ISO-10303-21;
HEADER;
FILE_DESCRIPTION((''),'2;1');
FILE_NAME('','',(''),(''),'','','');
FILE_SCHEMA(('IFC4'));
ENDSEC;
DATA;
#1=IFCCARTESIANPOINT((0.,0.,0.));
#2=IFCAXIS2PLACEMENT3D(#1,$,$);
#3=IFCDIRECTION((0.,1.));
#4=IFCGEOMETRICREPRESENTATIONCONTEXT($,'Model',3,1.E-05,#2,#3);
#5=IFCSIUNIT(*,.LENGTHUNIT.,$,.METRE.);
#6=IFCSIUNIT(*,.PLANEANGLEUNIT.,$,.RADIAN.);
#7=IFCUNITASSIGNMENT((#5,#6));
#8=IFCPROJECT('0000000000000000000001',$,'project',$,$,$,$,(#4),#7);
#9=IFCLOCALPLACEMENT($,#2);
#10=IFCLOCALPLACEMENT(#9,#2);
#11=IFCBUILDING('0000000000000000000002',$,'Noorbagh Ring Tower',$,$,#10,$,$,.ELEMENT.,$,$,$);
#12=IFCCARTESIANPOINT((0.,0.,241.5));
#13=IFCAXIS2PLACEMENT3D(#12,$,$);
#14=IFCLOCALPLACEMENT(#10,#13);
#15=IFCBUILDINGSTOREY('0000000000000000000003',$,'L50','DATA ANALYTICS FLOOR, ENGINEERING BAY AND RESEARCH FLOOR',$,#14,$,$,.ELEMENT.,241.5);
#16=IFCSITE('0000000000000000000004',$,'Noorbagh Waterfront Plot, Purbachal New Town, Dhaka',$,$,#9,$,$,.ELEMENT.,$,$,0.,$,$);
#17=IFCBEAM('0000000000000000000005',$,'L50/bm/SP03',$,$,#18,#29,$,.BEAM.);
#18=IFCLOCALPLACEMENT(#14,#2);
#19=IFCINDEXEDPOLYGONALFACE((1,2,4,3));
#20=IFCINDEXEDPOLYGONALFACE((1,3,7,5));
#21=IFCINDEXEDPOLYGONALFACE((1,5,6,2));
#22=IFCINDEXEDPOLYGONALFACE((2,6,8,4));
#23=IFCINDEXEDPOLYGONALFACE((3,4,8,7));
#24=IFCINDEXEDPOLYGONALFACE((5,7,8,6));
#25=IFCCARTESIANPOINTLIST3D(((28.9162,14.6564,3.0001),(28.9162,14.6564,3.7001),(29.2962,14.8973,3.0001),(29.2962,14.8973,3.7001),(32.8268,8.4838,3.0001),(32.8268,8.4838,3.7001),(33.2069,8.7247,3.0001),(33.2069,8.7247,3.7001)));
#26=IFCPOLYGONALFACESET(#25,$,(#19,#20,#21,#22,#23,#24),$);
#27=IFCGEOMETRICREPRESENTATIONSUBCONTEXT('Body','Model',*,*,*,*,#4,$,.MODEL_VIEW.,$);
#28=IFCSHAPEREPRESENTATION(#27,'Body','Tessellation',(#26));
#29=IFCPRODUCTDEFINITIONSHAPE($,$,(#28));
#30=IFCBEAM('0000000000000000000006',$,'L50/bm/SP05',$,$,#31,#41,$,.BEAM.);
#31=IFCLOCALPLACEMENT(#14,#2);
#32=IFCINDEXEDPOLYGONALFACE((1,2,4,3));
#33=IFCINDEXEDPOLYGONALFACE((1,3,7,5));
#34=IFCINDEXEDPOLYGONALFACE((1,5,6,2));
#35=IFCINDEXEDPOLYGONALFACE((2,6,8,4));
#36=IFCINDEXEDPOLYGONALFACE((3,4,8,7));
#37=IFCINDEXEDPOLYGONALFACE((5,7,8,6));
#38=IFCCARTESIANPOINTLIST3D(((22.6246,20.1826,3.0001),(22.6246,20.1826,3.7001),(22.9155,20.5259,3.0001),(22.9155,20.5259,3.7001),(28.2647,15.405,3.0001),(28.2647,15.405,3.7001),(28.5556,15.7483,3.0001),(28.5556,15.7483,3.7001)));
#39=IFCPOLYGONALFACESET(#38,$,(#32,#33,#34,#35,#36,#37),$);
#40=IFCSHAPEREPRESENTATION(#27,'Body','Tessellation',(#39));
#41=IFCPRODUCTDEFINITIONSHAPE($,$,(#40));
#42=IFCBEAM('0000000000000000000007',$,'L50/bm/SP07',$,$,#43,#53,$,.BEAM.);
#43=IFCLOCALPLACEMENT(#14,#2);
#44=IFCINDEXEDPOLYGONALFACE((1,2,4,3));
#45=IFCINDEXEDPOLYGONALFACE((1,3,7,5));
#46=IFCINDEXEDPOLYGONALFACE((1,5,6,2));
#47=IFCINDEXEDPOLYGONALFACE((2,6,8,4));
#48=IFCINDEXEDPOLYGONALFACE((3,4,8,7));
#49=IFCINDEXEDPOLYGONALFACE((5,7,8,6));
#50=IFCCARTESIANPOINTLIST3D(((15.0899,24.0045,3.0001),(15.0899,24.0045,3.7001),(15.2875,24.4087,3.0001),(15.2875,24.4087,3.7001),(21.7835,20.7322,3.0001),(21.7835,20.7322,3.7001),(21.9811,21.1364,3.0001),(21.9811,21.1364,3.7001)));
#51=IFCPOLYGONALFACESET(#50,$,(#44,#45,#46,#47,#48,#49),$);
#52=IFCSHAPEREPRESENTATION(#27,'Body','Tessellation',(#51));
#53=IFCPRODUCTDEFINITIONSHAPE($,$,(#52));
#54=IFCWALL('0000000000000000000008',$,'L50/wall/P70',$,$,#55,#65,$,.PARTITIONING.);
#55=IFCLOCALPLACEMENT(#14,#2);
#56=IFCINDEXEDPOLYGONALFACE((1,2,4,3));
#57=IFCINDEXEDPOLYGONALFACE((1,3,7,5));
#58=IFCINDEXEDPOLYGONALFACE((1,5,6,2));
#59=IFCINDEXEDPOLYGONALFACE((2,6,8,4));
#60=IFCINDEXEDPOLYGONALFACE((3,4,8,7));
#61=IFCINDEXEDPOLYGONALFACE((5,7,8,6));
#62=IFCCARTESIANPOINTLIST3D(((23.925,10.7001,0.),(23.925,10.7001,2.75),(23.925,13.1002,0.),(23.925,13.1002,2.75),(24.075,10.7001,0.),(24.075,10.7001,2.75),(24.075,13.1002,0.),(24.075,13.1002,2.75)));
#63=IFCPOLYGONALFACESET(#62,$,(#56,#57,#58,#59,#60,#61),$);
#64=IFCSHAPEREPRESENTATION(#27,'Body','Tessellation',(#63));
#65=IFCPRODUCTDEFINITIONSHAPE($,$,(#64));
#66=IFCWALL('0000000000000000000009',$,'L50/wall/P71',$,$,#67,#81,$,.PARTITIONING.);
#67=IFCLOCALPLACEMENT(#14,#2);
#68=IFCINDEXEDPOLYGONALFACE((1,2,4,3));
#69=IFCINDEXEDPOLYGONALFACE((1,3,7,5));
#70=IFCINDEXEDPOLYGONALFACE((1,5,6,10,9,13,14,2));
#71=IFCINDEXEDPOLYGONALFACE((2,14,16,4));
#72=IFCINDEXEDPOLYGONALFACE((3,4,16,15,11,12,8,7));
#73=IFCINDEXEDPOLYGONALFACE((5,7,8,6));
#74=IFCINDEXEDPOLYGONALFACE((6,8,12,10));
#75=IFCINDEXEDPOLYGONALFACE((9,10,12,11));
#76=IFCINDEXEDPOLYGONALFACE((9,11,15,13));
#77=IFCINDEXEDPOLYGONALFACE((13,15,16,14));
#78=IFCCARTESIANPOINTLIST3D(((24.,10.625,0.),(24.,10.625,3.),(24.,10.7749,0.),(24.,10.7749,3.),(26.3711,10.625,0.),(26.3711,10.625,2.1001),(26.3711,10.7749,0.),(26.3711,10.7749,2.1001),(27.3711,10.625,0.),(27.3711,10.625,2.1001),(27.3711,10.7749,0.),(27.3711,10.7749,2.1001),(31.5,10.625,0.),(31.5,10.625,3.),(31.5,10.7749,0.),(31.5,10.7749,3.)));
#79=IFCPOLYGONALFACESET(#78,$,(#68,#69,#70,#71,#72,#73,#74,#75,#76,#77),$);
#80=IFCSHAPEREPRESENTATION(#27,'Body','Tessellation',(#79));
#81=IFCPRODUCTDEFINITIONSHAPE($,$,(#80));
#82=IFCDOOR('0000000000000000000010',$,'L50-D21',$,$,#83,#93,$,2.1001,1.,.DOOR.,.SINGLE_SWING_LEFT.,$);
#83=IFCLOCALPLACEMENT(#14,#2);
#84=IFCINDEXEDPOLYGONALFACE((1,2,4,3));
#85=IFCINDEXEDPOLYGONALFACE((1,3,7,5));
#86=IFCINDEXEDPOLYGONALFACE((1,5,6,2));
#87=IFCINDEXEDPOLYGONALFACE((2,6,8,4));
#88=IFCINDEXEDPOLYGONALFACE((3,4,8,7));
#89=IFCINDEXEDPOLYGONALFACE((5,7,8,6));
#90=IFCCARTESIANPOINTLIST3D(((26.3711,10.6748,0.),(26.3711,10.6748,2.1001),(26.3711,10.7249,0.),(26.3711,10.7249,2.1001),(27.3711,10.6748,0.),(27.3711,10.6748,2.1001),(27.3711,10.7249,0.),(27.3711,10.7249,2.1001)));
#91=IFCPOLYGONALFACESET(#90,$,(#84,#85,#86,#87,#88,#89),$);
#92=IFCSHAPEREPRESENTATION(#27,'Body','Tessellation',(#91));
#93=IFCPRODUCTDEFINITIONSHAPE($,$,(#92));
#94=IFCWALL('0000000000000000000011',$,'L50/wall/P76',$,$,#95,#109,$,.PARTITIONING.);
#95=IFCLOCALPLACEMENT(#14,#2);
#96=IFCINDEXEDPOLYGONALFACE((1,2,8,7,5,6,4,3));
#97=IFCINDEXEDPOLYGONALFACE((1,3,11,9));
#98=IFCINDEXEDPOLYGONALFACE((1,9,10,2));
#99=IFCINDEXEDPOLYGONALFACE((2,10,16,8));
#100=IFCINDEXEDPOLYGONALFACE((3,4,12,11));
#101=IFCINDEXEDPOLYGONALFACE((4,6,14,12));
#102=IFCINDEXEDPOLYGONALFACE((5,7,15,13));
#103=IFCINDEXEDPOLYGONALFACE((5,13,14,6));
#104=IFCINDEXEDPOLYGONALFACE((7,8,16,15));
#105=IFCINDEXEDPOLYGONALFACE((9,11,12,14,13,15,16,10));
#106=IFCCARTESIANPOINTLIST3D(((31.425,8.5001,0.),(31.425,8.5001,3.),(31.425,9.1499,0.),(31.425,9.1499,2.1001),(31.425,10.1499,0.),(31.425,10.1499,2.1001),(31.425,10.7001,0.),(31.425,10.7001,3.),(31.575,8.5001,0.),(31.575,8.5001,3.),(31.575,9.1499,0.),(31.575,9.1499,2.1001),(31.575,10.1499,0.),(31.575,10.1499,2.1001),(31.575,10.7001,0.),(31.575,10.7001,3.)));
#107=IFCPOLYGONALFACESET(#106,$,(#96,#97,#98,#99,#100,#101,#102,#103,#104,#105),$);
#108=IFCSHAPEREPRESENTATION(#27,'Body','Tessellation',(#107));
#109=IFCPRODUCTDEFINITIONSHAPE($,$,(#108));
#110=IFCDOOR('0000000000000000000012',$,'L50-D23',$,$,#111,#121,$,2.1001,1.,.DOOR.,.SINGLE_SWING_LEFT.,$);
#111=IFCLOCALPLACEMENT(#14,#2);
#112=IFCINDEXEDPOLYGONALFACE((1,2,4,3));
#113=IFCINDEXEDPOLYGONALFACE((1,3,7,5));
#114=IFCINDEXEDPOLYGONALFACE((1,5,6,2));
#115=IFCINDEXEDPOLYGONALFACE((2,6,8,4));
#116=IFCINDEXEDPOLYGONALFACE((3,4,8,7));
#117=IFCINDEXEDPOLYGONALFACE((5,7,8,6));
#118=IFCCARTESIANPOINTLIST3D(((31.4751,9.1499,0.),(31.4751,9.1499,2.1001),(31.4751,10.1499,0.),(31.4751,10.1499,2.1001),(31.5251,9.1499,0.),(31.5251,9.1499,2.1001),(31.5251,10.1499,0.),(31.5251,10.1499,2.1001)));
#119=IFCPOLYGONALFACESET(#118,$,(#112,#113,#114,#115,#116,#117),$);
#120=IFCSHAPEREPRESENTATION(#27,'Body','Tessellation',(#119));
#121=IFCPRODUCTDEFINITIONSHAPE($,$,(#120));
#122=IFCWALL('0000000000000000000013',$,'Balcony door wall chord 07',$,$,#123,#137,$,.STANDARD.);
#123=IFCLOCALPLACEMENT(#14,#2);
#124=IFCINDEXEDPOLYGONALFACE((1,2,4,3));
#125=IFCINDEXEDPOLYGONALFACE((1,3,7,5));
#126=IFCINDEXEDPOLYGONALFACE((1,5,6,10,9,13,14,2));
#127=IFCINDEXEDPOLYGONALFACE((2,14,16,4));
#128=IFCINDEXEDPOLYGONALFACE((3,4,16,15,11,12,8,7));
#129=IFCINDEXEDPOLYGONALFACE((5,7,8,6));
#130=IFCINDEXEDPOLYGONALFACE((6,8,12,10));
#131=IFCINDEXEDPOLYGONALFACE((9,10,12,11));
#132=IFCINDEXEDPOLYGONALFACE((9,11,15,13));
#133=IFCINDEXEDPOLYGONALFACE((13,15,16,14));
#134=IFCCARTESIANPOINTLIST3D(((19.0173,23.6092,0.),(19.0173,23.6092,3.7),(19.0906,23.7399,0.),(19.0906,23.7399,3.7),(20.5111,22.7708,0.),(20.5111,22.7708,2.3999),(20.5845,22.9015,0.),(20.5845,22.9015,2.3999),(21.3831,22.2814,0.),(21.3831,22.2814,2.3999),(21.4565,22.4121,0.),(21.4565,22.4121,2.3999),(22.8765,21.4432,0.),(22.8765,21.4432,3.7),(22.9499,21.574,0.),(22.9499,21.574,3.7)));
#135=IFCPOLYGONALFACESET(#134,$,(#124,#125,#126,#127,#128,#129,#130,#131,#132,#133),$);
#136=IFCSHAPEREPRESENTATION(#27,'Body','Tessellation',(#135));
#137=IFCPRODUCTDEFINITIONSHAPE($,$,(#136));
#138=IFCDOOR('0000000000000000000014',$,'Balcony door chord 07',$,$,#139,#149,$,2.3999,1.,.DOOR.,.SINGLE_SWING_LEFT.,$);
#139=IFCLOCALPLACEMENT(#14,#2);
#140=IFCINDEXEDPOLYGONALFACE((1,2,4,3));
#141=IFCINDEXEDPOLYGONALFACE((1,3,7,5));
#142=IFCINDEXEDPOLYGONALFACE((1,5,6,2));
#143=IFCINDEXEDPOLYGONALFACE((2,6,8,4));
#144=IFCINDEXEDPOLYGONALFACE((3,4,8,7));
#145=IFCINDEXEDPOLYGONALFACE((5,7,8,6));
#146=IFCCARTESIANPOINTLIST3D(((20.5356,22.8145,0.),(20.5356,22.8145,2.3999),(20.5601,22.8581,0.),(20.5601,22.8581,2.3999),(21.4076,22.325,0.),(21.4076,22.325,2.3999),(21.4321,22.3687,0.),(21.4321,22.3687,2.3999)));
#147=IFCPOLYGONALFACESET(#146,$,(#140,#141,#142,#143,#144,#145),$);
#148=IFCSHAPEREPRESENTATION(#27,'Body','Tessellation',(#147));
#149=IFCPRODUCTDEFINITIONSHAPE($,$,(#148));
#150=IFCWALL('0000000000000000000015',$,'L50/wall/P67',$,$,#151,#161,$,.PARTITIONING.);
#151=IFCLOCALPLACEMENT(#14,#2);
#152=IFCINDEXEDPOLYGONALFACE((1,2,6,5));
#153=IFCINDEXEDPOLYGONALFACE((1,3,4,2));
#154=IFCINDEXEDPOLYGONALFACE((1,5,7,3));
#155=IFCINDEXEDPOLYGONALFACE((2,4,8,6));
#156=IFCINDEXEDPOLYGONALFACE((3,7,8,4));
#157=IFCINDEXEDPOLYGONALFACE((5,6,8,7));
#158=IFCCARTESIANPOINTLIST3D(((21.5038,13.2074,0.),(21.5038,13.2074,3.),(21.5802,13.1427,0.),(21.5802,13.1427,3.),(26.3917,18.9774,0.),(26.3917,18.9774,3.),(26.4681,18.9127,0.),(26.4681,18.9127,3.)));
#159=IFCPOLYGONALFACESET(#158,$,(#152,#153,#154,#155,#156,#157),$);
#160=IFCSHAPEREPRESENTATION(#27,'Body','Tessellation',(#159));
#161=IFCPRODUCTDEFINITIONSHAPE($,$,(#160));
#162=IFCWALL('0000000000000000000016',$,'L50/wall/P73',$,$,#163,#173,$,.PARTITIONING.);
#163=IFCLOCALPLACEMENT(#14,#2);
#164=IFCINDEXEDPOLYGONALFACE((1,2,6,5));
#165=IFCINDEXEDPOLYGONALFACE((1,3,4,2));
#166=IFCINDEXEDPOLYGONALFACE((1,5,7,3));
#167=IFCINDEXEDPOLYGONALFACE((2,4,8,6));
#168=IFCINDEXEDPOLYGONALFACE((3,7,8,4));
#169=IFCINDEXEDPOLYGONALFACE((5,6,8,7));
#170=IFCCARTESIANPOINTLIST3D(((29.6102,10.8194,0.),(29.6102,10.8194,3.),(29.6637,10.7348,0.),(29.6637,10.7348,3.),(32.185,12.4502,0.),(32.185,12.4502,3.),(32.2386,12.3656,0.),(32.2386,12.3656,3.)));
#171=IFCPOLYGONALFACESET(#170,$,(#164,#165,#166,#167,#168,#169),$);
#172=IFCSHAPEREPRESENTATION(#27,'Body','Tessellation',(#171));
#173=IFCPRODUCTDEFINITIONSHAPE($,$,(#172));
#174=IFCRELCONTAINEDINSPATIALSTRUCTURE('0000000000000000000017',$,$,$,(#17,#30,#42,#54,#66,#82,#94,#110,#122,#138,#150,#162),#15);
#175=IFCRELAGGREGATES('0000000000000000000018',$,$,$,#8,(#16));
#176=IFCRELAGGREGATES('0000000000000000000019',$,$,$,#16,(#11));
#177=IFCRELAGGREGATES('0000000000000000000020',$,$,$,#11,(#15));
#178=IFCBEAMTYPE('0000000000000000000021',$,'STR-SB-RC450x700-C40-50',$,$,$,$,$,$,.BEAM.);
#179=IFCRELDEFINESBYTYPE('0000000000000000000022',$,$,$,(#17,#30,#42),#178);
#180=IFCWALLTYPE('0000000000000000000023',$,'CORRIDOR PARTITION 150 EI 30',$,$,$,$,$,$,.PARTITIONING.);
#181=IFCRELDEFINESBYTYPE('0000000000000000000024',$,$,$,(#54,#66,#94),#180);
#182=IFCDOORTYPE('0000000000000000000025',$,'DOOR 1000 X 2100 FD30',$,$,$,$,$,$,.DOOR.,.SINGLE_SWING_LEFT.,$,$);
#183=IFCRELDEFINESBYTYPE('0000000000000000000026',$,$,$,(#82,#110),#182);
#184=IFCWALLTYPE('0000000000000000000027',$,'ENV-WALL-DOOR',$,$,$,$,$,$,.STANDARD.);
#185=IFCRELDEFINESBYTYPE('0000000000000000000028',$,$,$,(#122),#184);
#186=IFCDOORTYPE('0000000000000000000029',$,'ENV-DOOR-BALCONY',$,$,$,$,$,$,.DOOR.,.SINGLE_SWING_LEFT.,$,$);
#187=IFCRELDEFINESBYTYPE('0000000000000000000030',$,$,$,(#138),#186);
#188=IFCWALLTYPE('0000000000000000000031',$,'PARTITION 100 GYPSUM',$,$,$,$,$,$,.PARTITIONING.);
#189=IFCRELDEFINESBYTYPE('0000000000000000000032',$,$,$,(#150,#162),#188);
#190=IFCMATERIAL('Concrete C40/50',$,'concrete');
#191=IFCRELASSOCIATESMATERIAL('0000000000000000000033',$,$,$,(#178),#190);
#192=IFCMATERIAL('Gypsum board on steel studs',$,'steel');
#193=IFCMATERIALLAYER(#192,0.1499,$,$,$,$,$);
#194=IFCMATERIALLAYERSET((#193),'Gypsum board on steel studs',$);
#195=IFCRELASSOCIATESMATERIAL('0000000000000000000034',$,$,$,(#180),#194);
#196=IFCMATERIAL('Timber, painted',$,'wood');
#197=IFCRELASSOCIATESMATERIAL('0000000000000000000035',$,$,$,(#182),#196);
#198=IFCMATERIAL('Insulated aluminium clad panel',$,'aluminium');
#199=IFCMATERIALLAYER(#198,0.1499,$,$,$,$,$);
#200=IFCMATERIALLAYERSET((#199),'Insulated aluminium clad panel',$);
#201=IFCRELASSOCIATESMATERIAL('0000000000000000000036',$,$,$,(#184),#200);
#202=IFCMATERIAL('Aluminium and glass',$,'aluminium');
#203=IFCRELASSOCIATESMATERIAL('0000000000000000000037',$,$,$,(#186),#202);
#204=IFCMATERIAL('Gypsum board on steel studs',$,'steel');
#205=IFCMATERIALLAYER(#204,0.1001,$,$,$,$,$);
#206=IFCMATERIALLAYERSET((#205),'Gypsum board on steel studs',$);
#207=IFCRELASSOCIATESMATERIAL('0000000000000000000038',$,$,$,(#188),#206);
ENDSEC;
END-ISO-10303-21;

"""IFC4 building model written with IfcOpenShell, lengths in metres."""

from ifc_helpers import new_model, si_unit, direction, frame, frame_2d, origin, origin_2d, place, context, subcontext, project, spatial, rectangle, extrude, material, layer, layer_set, material_profile, profile_set, type_object, element, fill, save


model = new_model("IFC4")

# Units and contexts
model_context = context("Model", 3, precision=1e-05, world=origin(), true_north=direction((0.0, 1.0)))
body_context = subcontext(model_context, "Body", "Model", "MODEL_VIEW")
ifc_project = project(units=[si_unit("LENGTHUNIT", "METRE"), si_unit("PLANEANGLEUNIT", "RADIAN")], contexts=[model_context])

# Site, building, storey
site_placement = place(None, origin())
site = spatial("IfcSite", under=ifc_project, at=site_placement, Name="Noorbagh Waterfront Plot, Purbachal New Town, Dhaka", CompositionType="ELEMENT", RefElevation=0.0)
building_placement = place(site_placement, origin())
building = spatial("IfcBuilding", under=site, at=building_placement, Name="Noorbagh Ring Tower", CompositionType="ELEMENT")
storey_placement = place(building_placement, frame((0.0, 0.0, 241.5)))
storey = spatial("IfcBuildingStorey", under=building, at=storey_placement, Name="L50", Description="DATA ANALYTICS FLOOR, ENGINEERING BAY AND RESEARCH FLOOR", CompositionType="ELEMENT", Elevation=241.5)

# Beams
ifc_material_1 = material(Name="Concrete C40/50", Category="concrete")
ifc_material_profile_1 = material_profile(ifc_material_1, rectangle(XDim=0.45, YDim=0.7, at=origin_2d()), Name="RC450x700")
ifc_profile_set_1 = profile_set([ifc_material_profile_1], Name="Concrete C40/50")
beam_type_1 = type_object("IfcBeamType", Name="STR-SB-RC450x700-C40-50", PredefinedType="BEAM", material=ifc_profile_set_1)
beam_1_placement = place(storey_placement, frame((33.0168, 8.6042, 3.3501), z_axis=(-0.535182, 0.844737, 0.0), x_axis=(-0.844737, -0.535182, 0.0)))
element("IfcBeam", 1, at=beam_1_placement, inside=storey, type_object=beam_type_1, Name="L50/bm/SP03", PredefinedType="BEAM", context=body_context, shape_type="SweptSolid", body=[
    extrude(rectangle(XDim=0.45, YDim=0.7, at=origin_2d()), origin(), (0.0, 0.0, 1.0), 7.3071),
])
beam_2_placement = place(storey_placement, frame((28.4102, 15.5767, 3.3501), z_axis=(-0.763042, 0.646349, 0.0), x_axis=(-0.646349, -0.763042, 0.0)))
element("IfcBeam", 2, at=beam_2_placement, inside=storey, type_object=beam_type_1, Name="L50/bm/SP05", PredefinedType="BEAM", context=body_context, shape_type="SweptSolid", body=[
    extrude(rectangle(XDim=0.45, YDim=0.7, at=origin_2d()), origin(), (0.0, 0.0, 1.0), 7.3916),
])
beam_3_placement = place(storey_placement, frame((21.8823, 20.9343, 3.3501), z_axis=(-0.898396, 0.439187, 0.0), x_axis=(-0.439187, -0.898396, 0.0)))
element("IfcBeam", 3, at=beam_3_placement, inside=storey, type_object=beam_type_1, Name="L50/bm/SP07", PredefinedType="BEAM", context=body_context, shape_type="SweptSolid", body=[
    extrude(rectangle(XDim=0.45, YDim=0.7, at=origin_2d()), origin(), (0.0, 0.0, 1.0), 7.4507),
])

# Wall
ifc_material_2 = material(Name="Gypsum board on steel studs", Category="steel")
ifc_layer_1 = layer(ifc_material_2, 0.1499)
ifc_layer_set_1 = layer_set([ifc_layer_1], Name="Gypsum board on steel studs")
wall_type_1 = type_object("IfcWallType", Name="CORRIDOR PARTITION 150 EI 30", PredefinedType="PARTITIONING", material=ifc_layer_set_1)
wall_1_placement = place(storey_placement, frame((24.0, 10.7, 0.0), z_axis=(0.0, 0.0, 1.0), x_axis=(0.0, 1.0, 0.0)))
element("IfcWall", 4, at=wall_1_placement, inside=storey, type_object=wall_type_1, Name="L50/wall/P70", PredefinedType="PARTITIONING", context=body_context, shape_type="SweptSolid", body=[
    extrude(rectangle(XDim=2.4001, YDim=0.1499, at=frame_2d((1.2002, 0.0))), origin(), (0.0, 0.0, 1.0), 2.75),
])

# Walls, openings, doors
wall_2_placement = place(storey_placement, frame((24.0, 10.7, 0.0), z_axis=(0.0, 0.0, 1.0), x_axis=(1.0, 0.0, 0.0)))
wall_2 = element("IfcWall", 5, at=wall_2_placement, inside=storey, type_object=wall_type_1, Name="L50/wall/P71", PredefinedType="PARTITIONING", context=body_context, shape_type="SweptSolid", body=[
    extrude(rectangle(XDim=7.5, YDim=0.1499, at=frame_2d((3.75, 0.0))), origin(), (0.0, 0.0, 1.0), 3.0),
])
opening_1_placement = place(wall_2_placement, frame((2.3711, 0.0, 0.0)))
opening_1 = element("IfcOpeningElement", 6, at=opening_1_placement, cuts=wall_2, PredefinedType="OPENING", context=body_context, shape_type="SweptSolid", body=[
    extrude(rectangle(XDim=1.0, YDim=2.1001, at=frame_2d((0.5, 1.05))), frame((0.0, 0.085, 0.0), z_axis=(0.0, -1.0, 0.0), x_axis=(1.0, 0.0, 0.0)), (0.0, 0.0, 1.0), 0.1699),
])
ifc_material_3 = material(Name="Timber, painted", Category="wood")
door_type_1 = type_object("IfcDoorType", Name="DOOR 1000 X 2100 FD30", OperationType="SINGLE_SWING_LEFT", PredefinedType="DOOR", material=ifc_material_3)
door_1_placement = place(opening_1_placement, origin())
door_1 = element("IfcDoor", 7, at=door_1_placement, inside=storey, type_object=door_type_1, Name="L50-D21", OperationType="SINGLE_SWING_LEFT", OverallHeight=2.1001, OverallWidth=1.0, PredefinedType="DOOR", context=body_context, shape_type="SweptSolid", body=[
    extrude(rectangle(XDim=1.0, YDim=2.1001, at=frame_2d((0.5, 1.05))), frame((0.0, 0.0249, 0.0), z_axis=(0.0, -1.0, 0.0), x_axis=(1.0, 0.0, 0.0)), (0.0, 0.0, 1.0), 0.05),
])
fill(opening_1, door_1)
wall_3_placement = place(storey_placement, frame((31.5, 8.5, 0.0), z_axis=(0.0, 0.0, 1.0), x_axis=(0.0, 1.0, 0.0)))
wall_3 = element("IfcWall", 8, at=wall_3_placement, inside=storey, type_object=wall_type_1, Name="L50/wall/P76", PredefinedType="PARTITIONING", context=body_context, shape_type="SweptSolid", body=[
    extrude(rectangle(XDim=2.2, YDim=0.1499, at=frame_2d((1.1001, 0.0))), origin(), (0.0, 0.0, 1.0), 3.0),
])
opening_2_placement = place(wall_3_placement, frame((0.6499, 0.0, 0.0)))
opening_2 = element("IfcOpeningElement", 9, at=opening_2_placement, cuts=wall_3, PredefinedType="OPENING", context=body_context, shape_type="SweptSolid", body=[
    extrude(rectangle(XDim=1.0, YDim=2.1001, at=frame_2d((0.5, 1.05))), frame((0.0, 0.085, 0.0), z_axis=(0.0, -1.0, 0.0), x_axis=(1.0, 0.0, 0.0)), (0.0, 0.0, 1.0), 0.1699),
])
door_2_placement = place(opening_2_placement, origin())
door_2 = element("IfcDoor", 10, at=door_2_placement, inside=storey, type_object=door_type_1, Name="L50-D23", OperationType="SINGLE_SWING_LEFT", OverallHeight=2.1001, OverallWidth=1.0, PredefinedType="DOOR", context=body_context, shape_type="SweptSolid", body=[
    extrude(rectangle(XDim=1.0, YDim=2.1001, at=frame_2d((0.5, 1.05))), frame((0.0, 0.0249, 0.0), z_axis=(0.0, -1.0, 0.0), x_axis=(1.0, 0.0, 0.0)), (0.0, 0.0, 1.0), 0.05),
])
fill(opening_2, door_2)
ifc_material_4 = material(Name="Insulated aluminium clad panel", Category="aluminium")
ifc_layer_2 = layer(ifc_material_4, 0.1499)
ifc_layer_set_2 = layer_set([ifc_layer_2], Name="Insulated aluminium clad panel")
wall_type_2 = type_object("IfcWallType", Name="ENV-WALL-DOOR", PredefinedType="STANDARD", material=ifc_layer_set_2)
wall_4_placement = place(storey_placement, frame((22.9133, 21.5085, 0.0), z_axis=(0.0, 0.0, 1.0), x_axis=(-0.872047, 0.489423, 0.0)))
wall_4 = element("IfcWall", 11, at=wall_4_placement, inside=storey, type_object=wall_type_2, Name="Balcony door wall chord 07", PredefinedType="STANDARD", context=body_context, shape_type="SweptSolid", body=[
    extrude(rectangle(XDim=4.4255, YDim=0.1499, at=frame_2d((2.2129, 0.0))), origin(), (0.0, 0.0, 1.0), 3.7),
])
opening_3_placement = place(wall_4_placement, frame((1.7126, 0.0, 0.0)))
opening_3 = element("IfcOpeningElement", 12, at=opening_3_placement, cuts=wall_4, PredefinedType="OPENING", context=body_context, shape_type="SweptSolid", body=[
    extrude(rectangle(XDim=1.0, YDim=2.3999, at=frame_2d((0.5, 1.2))), frame((0.0, 0.085, 0.0), z_axis=(0.0, -1.0, 0.0), x_axis=(1.0, 0.0, 0.0)), (0.0, 0.0, 1.0), 0.1699),
])
ifc_material_5 = material(Name="Aluminium and glass", Category="aluminium")
door_type_2 = type_object("IfcDoorType", Name="ENV-DOOR-BALCONY", OperationType="SINGLE_SWING_LEFT", PredefinedType="DOOR", material=ifc_material_5)
door_3_placement = place(opening_3_placement, origin())
door_3 = element("IfcDoor", 13, at=door_3_placement, inside=storey, type_object=door_type_2, Name="Balcony door chord 07", OperationType="SINGLE_SWING_LEFT", OverallHeight=2.3999, OverallWidth=1.0, PredefinedType="DOOR", context=body_context, shape_type="SweptSolid", body=[
    extrude(rectangle(XDim=1.0, YDim=2.3999, at=frame_2d((0.5, 1.2))), frame((0.0, 0.0249, 0.0), z_axis=(0.0, -1.0, 0.0), x_axis=(1.0, 0.0, 0.0)), (0.0, 0.0, 1.0), 0.05),
])
fill(opening_3, door_3)

# Walls
ifc_material_6 = material(Name="Gypsum board on steel studs", Category="steel")
ifc_layer_3 = layer(ifc_material_6, 0.1001)
ifc_layer_set_3 = layer_set([ifc_layer_3], Name="Gypsum board on steel studs")
wall_type_3 = type_object("IfcWallType", Name="PARTITION 100 GYPSUM", PredefinedType="PARTITIONING", material=ifc_layer_set_3)
wall_5_placement = place(storey_placement, frame((21.542, 13.175, 0.0), z_axis=(0.0, 0.0, 1.0), x_axis=(0.646375, 0.76302, 0.0)))
element("IfcWall", 14, at=wall_5_placement, inside=storey, type_object=wall_type_3, Name="L50/wall/P67", PredefinedType="PARTITIONING", context=body_context, shape_type="SweptSolid", body=[
    extrude(rectangle(XDim=7.562, YDim=0.1001, at=frame_2d((3.781, 0.0))), origin(), (0.0, 0.0, 1.0), 3.0),
])
wall_6_placement = place(storey_placement, frame((29.637, 10.7771, 0.0), z_axis=(0.0, 0.0, 1.0), x_axis=(0.844811, 0.535065, 0.0)))
element("IfcWall", 15, at=wall_6_placement, inside=storey, type_object=wall_type_3, Name="L50/wall/P73", PredefinedType="PARTITIONING", context=body_context, shape_type="SweptSolid", body=[
    extrude(rectangle(XDim=3.0479, YDim=0.1001, at=frame_2d((1.5239, 0.0))), origin(), (0.0, 0.0, 1.0), 3.0),
])

save(model, "model.ifc")
